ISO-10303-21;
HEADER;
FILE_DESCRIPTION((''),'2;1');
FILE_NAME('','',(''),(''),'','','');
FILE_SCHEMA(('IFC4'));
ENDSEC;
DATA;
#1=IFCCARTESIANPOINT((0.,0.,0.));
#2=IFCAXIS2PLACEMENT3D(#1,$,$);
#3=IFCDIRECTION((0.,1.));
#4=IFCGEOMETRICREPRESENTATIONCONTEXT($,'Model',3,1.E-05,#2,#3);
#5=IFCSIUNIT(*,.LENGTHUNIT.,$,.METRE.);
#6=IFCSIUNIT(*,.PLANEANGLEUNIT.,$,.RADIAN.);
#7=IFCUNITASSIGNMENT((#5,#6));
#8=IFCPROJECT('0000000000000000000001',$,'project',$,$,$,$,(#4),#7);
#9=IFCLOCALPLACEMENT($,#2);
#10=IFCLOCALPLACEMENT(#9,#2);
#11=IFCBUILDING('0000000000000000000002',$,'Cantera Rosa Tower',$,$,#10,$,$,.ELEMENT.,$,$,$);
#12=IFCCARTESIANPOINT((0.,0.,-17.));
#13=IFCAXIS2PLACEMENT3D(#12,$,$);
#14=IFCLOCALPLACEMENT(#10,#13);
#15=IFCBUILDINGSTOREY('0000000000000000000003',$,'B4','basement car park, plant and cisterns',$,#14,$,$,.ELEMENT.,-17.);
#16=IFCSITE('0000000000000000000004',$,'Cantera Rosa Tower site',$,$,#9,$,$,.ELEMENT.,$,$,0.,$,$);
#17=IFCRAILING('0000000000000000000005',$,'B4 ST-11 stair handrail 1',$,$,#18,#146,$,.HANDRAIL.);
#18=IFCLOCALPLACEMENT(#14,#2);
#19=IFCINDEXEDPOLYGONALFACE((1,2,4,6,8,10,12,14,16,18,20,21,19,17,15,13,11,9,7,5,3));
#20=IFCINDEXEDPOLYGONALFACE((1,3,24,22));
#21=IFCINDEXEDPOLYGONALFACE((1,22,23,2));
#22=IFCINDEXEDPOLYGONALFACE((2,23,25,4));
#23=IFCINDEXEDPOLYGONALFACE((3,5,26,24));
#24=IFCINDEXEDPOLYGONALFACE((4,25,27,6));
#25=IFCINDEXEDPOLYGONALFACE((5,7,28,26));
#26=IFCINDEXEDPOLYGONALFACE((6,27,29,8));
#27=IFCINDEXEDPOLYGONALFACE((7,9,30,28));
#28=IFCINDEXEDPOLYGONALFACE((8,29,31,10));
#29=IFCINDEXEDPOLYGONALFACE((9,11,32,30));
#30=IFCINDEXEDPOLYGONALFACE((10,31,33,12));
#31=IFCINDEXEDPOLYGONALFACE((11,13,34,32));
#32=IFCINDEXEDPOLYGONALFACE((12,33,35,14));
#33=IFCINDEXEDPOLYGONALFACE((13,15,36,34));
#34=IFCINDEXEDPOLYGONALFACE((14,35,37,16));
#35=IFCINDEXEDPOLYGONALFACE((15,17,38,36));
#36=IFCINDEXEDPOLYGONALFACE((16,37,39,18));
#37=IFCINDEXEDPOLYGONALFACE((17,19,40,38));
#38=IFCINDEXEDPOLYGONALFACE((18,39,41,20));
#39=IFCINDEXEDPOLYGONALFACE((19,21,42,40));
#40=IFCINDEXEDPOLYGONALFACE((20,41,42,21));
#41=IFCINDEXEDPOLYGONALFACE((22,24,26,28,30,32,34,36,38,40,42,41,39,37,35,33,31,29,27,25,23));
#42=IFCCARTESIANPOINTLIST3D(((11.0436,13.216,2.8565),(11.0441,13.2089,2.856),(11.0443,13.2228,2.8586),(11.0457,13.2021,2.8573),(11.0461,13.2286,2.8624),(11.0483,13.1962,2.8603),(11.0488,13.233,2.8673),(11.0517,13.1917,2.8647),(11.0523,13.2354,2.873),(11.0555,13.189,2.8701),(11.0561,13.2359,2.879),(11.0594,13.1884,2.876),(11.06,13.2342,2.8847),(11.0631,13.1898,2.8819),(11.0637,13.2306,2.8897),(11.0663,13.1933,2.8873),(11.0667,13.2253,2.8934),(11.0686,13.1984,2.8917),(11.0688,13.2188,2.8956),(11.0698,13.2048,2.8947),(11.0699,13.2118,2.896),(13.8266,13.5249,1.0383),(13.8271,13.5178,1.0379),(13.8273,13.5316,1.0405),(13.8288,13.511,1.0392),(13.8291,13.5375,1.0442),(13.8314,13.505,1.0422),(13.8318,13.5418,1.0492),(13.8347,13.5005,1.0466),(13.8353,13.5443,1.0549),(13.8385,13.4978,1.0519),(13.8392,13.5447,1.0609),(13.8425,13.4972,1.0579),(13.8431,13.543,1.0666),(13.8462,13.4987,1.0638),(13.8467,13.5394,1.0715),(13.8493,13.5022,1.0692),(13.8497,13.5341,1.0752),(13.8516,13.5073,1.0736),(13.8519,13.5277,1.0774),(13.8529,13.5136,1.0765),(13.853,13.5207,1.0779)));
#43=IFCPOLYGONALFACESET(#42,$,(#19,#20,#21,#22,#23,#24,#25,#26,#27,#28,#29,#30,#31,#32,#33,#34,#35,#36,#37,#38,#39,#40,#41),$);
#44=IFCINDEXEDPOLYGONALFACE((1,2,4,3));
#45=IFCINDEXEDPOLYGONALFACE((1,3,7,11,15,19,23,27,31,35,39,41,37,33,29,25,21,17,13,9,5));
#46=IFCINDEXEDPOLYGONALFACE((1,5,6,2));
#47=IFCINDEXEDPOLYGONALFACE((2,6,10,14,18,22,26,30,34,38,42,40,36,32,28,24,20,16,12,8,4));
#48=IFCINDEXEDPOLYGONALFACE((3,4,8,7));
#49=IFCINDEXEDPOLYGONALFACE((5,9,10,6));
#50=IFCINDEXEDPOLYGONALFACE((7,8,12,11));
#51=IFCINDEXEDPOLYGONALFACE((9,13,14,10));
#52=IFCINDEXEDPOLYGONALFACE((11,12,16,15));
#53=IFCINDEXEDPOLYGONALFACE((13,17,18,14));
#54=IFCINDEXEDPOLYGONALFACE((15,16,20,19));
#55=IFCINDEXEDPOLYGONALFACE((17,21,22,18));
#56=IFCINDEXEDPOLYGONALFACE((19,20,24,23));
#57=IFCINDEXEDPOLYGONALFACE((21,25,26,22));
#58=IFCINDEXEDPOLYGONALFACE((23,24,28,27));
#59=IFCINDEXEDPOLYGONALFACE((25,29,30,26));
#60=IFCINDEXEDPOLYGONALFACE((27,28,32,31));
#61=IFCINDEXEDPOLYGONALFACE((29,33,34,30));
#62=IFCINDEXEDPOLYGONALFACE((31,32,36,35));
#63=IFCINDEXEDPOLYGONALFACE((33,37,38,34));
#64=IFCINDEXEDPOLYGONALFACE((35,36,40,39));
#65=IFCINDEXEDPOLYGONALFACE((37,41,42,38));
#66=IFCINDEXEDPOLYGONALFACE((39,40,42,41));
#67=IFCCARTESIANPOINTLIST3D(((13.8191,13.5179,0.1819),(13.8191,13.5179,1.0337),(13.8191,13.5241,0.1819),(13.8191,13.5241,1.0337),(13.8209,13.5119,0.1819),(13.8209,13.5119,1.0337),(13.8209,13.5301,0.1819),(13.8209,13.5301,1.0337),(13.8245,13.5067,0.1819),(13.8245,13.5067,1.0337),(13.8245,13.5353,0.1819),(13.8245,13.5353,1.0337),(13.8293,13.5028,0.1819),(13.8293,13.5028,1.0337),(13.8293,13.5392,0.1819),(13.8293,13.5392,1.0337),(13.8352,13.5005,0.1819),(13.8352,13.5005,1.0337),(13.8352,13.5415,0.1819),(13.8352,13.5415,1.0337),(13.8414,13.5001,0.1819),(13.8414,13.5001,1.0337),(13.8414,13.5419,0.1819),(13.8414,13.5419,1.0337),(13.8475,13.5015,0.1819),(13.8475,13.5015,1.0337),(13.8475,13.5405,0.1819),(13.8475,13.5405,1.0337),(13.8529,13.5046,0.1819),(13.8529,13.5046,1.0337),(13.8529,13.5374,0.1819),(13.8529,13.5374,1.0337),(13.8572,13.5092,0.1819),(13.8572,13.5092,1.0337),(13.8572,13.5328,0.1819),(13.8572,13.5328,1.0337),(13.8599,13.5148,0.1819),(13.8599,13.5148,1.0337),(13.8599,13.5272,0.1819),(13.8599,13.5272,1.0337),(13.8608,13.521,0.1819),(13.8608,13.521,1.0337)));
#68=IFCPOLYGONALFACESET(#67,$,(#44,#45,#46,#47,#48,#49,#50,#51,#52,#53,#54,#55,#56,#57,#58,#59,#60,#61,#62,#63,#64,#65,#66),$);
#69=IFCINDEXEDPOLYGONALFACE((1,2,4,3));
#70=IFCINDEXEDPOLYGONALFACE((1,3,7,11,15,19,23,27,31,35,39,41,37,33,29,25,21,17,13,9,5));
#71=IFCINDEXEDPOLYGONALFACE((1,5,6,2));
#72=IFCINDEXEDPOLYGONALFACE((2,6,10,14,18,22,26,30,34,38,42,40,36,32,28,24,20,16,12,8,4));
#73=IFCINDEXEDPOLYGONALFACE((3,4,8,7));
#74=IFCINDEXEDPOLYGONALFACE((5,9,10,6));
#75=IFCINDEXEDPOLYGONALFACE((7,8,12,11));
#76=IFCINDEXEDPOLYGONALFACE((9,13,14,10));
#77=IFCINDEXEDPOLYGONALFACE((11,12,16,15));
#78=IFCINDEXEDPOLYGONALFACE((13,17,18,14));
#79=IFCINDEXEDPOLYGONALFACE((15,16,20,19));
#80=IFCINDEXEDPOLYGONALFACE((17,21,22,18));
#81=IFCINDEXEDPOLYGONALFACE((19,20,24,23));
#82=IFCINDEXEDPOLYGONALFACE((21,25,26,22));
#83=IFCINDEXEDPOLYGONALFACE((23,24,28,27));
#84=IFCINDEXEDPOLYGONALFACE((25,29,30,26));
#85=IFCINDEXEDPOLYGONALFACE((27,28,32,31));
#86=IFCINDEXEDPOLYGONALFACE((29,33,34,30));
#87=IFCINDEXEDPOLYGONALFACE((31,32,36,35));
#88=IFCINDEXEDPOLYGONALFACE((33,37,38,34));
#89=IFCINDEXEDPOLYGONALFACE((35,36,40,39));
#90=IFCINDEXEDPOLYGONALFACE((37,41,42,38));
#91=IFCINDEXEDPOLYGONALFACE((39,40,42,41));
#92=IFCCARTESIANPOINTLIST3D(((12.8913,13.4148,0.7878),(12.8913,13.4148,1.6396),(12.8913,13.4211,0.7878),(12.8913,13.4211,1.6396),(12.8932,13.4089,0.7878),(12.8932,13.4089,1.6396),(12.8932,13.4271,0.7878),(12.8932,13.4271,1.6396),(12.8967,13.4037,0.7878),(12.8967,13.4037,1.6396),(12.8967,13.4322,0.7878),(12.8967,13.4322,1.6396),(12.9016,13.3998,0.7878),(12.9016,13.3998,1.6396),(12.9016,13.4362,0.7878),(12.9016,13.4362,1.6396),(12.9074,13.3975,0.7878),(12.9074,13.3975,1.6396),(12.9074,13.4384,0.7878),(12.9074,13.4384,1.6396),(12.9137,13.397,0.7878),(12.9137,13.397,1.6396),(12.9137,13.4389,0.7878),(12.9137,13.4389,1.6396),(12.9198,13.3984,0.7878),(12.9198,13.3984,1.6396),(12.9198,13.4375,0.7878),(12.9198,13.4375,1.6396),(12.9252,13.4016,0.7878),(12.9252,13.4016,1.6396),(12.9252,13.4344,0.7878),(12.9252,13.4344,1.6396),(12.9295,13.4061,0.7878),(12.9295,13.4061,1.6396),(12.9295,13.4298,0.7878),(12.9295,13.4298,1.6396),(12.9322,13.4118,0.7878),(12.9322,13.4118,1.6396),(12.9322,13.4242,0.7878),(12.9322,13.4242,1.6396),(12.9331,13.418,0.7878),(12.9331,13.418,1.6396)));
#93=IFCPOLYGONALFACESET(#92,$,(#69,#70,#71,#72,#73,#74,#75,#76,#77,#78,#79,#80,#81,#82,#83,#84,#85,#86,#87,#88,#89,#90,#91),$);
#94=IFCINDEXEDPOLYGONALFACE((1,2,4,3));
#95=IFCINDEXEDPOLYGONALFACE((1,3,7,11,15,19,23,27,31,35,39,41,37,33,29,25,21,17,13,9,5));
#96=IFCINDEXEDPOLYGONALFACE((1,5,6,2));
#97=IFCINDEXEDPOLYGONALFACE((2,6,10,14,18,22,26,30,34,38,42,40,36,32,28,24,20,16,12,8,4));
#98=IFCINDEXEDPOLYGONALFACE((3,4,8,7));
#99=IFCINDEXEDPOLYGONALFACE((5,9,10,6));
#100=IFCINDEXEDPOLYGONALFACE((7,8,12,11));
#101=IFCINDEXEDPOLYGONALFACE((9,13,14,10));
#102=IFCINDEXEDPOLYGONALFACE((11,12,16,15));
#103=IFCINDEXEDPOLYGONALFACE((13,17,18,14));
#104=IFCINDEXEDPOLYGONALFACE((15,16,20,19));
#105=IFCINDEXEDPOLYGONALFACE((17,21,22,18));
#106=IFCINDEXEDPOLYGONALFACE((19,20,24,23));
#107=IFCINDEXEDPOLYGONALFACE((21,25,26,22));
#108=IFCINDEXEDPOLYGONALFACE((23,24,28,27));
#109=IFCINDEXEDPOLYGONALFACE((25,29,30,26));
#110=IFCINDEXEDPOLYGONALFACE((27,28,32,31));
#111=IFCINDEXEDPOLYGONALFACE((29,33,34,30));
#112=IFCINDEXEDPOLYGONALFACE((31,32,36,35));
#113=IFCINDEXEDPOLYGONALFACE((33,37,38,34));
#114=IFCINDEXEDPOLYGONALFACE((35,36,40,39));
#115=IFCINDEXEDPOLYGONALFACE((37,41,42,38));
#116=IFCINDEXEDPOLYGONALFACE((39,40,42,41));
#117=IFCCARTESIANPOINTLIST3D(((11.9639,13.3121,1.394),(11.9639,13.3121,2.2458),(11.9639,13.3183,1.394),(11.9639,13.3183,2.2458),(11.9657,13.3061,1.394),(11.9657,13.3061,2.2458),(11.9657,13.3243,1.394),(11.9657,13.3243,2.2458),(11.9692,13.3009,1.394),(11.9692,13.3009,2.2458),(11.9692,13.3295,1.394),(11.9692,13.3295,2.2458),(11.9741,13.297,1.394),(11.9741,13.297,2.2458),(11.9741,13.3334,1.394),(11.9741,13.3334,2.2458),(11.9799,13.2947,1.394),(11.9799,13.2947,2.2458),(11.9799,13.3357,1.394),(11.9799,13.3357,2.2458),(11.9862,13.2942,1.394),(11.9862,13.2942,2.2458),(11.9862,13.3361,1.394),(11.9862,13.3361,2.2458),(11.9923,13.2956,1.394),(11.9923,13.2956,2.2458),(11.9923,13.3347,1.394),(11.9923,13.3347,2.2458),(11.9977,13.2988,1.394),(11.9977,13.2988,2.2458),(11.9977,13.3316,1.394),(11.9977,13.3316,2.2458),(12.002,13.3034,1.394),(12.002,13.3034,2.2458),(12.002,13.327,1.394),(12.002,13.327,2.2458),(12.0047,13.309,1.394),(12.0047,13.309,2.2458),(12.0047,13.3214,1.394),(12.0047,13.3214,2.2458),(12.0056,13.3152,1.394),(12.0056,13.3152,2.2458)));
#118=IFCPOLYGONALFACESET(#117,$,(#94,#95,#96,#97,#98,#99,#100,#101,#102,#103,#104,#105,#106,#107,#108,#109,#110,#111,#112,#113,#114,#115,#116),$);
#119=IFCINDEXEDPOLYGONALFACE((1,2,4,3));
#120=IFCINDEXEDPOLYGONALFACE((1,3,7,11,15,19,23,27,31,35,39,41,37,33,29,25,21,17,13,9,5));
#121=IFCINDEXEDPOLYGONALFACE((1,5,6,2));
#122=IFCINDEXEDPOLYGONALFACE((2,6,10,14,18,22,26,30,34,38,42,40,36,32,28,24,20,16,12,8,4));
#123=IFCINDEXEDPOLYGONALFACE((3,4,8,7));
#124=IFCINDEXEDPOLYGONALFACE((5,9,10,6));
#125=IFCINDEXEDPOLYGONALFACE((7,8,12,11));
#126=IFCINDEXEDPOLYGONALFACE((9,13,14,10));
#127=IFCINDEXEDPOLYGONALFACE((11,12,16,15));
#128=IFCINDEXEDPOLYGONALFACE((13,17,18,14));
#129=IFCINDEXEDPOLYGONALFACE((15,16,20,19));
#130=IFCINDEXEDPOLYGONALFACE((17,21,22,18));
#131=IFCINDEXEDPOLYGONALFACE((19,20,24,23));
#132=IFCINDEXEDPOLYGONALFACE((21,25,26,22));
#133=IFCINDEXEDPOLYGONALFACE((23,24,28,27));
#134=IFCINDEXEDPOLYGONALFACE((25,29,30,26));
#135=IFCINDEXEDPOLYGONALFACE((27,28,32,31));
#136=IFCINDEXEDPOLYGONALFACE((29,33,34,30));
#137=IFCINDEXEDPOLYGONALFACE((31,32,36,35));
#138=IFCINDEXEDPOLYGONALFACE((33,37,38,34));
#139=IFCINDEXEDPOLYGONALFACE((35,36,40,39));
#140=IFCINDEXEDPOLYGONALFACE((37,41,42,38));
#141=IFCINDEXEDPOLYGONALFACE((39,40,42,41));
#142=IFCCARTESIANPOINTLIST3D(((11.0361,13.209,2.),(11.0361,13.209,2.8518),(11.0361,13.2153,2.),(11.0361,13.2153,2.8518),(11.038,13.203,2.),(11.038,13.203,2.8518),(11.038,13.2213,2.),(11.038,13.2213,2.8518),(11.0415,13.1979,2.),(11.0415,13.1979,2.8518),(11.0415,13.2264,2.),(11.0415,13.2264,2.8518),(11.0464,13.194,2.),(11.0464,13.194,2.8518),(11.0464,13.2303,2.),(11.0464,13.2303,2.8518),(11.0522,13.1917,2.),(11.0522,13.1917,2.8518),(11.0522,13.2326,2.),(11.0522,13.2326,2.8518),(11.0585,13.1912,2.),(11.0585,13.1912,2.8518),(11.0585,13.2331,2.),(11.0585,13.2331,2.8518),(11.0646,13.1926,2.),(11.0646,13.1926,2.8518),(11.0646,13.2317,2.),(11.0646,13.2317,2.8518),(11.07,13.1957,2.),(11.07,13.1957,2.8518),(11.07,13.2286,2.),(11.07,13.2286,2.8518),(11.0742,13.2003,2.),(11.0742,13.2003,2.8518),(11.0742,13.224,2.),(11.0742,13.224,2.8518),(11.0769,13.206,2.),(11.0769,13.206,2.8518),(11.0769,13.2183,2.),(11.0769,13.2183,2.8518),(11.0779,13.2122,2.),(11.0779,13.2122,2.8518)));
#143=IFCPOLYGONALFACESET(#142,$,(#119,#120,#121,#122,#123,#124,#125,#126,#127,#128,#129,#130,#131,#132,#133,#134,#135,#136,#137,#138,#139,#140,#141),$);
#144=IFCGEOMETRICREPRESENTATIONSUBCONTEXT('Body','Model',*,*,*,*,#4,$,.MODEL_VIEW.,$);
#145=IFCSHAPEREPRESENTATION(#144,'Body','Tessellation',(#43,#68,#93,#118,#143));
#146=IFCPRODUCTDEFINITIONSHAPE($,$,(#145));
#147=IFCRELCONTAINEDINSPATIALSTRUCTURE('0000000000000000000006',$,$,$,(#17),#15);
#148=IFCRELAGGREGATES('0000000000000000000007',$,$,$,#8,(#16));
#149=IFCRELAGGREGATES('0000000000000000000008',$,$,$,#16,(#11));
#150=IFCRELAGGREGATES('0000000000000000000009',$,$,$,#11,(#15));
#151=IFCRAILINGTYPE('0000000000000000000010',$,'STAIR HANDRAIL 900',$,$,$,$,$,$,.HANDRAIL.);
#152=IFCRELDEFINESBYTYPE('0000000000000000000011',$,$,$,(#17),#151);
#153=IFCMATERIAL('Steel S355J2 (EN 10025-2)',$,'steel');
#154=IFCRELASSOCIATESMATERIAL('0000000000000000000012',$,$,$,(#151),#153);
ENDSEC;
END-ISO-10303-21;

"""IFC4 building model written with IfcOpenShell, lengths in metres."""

from ifc_helpers import new_model, si_unit, direction, frame, origin, origin_2d, place, context, subcontext, project, spatial, circle, extrude, material, type_object, element, save


model = new_model("IFC4")

# Units and contexts
model_context = context("Model", 3, precision=1e-05, world=origin(), true_north=direction((0.0, 1.0)))
body_context = subcontext(model_context, "Body", "Model", "MODEL_VIEW")
ifc_project = project(units=[si_unit("LENGTHUNIT", "METRE"), si_unit("PLANEANGLEUNIT", "RADIAN")], contexts=[model_context])

# Site, building, storey
site_placement = place(None, origin())
site = spatial("IfcSite", under=ifc_project, at=site_placement, Name="Cantera Rosa Tower site", CompositionType="ELEMENT", RefElevation=0.0)
building_placement = place(site_placement, origin())
building = spatial("IfcBuilding", under=site, at=building_placement, Name="Cantera Rosa Tower", CompositionType="ELEMENT")
storey_placement = place(building_placement, frame((0.0, 0.0, -17.0)))
storey = spatial("IfcBuildingStorey", under=building, at=storey_placement, Name="B4", Description="basement car park, plant and cisterns", CompositionType="ELEMENT", Elevation=-17.0)

# Railing
ifc_material_1 = material(Name="Steel S355J2 (EN 10025-2)", Category="steel")
railing_type_1 = type_object("IfcRailingType", Name="STAIR HANDRAIL 900", PredefinedType="HANDRAIL", material=ifc_material_1)
railing_1_placement = place(storey_placement, frame((13.8398, 13.521, 0.1819)))
element("IfcRailing", 1, at=railing_1_placement, inside=storey, type_object=railing_type_1, Name="B4 ST-11 stair handrail 1", PredefinedType="HANDRAIL", context=body_context, shape_type="SweptSolid", body=[
    extrude(circle(Radius=0.0239, at=origin_2d()), frame((0.0, 0.0, 0.876), z_axis=(-0.833588, -0.092507, 0.544586), x_axis=(0.110298, -0.993899, 0.0)), (0.0, 0.0, 1.0), 3.3386),
    extrude(circle(Radius=0.021, at=origin_2d()), origin(), (0.0, 0.0, 1.0), 0.8518),
    extrude(circle(Radius=0.021, at=origin_2d()), frame((-0.9277, -0.103, 0.606)), (0.0, 0.0, 1.0), 0.8518),
    extrude(circle(Radius=0.021, at=origin_2d()), frame((-1.8552, -0.2058, 1.2122)), (0.0, 0.0, 1.0), 0.8518),
    extrude(circle(Radius=0.021, at=origin_2d()), frame((-2.783, -0.3088, 1.8181)), (0.0, 0.0, 1.0), 0.8518),
])

save(model, "model.ifc")
